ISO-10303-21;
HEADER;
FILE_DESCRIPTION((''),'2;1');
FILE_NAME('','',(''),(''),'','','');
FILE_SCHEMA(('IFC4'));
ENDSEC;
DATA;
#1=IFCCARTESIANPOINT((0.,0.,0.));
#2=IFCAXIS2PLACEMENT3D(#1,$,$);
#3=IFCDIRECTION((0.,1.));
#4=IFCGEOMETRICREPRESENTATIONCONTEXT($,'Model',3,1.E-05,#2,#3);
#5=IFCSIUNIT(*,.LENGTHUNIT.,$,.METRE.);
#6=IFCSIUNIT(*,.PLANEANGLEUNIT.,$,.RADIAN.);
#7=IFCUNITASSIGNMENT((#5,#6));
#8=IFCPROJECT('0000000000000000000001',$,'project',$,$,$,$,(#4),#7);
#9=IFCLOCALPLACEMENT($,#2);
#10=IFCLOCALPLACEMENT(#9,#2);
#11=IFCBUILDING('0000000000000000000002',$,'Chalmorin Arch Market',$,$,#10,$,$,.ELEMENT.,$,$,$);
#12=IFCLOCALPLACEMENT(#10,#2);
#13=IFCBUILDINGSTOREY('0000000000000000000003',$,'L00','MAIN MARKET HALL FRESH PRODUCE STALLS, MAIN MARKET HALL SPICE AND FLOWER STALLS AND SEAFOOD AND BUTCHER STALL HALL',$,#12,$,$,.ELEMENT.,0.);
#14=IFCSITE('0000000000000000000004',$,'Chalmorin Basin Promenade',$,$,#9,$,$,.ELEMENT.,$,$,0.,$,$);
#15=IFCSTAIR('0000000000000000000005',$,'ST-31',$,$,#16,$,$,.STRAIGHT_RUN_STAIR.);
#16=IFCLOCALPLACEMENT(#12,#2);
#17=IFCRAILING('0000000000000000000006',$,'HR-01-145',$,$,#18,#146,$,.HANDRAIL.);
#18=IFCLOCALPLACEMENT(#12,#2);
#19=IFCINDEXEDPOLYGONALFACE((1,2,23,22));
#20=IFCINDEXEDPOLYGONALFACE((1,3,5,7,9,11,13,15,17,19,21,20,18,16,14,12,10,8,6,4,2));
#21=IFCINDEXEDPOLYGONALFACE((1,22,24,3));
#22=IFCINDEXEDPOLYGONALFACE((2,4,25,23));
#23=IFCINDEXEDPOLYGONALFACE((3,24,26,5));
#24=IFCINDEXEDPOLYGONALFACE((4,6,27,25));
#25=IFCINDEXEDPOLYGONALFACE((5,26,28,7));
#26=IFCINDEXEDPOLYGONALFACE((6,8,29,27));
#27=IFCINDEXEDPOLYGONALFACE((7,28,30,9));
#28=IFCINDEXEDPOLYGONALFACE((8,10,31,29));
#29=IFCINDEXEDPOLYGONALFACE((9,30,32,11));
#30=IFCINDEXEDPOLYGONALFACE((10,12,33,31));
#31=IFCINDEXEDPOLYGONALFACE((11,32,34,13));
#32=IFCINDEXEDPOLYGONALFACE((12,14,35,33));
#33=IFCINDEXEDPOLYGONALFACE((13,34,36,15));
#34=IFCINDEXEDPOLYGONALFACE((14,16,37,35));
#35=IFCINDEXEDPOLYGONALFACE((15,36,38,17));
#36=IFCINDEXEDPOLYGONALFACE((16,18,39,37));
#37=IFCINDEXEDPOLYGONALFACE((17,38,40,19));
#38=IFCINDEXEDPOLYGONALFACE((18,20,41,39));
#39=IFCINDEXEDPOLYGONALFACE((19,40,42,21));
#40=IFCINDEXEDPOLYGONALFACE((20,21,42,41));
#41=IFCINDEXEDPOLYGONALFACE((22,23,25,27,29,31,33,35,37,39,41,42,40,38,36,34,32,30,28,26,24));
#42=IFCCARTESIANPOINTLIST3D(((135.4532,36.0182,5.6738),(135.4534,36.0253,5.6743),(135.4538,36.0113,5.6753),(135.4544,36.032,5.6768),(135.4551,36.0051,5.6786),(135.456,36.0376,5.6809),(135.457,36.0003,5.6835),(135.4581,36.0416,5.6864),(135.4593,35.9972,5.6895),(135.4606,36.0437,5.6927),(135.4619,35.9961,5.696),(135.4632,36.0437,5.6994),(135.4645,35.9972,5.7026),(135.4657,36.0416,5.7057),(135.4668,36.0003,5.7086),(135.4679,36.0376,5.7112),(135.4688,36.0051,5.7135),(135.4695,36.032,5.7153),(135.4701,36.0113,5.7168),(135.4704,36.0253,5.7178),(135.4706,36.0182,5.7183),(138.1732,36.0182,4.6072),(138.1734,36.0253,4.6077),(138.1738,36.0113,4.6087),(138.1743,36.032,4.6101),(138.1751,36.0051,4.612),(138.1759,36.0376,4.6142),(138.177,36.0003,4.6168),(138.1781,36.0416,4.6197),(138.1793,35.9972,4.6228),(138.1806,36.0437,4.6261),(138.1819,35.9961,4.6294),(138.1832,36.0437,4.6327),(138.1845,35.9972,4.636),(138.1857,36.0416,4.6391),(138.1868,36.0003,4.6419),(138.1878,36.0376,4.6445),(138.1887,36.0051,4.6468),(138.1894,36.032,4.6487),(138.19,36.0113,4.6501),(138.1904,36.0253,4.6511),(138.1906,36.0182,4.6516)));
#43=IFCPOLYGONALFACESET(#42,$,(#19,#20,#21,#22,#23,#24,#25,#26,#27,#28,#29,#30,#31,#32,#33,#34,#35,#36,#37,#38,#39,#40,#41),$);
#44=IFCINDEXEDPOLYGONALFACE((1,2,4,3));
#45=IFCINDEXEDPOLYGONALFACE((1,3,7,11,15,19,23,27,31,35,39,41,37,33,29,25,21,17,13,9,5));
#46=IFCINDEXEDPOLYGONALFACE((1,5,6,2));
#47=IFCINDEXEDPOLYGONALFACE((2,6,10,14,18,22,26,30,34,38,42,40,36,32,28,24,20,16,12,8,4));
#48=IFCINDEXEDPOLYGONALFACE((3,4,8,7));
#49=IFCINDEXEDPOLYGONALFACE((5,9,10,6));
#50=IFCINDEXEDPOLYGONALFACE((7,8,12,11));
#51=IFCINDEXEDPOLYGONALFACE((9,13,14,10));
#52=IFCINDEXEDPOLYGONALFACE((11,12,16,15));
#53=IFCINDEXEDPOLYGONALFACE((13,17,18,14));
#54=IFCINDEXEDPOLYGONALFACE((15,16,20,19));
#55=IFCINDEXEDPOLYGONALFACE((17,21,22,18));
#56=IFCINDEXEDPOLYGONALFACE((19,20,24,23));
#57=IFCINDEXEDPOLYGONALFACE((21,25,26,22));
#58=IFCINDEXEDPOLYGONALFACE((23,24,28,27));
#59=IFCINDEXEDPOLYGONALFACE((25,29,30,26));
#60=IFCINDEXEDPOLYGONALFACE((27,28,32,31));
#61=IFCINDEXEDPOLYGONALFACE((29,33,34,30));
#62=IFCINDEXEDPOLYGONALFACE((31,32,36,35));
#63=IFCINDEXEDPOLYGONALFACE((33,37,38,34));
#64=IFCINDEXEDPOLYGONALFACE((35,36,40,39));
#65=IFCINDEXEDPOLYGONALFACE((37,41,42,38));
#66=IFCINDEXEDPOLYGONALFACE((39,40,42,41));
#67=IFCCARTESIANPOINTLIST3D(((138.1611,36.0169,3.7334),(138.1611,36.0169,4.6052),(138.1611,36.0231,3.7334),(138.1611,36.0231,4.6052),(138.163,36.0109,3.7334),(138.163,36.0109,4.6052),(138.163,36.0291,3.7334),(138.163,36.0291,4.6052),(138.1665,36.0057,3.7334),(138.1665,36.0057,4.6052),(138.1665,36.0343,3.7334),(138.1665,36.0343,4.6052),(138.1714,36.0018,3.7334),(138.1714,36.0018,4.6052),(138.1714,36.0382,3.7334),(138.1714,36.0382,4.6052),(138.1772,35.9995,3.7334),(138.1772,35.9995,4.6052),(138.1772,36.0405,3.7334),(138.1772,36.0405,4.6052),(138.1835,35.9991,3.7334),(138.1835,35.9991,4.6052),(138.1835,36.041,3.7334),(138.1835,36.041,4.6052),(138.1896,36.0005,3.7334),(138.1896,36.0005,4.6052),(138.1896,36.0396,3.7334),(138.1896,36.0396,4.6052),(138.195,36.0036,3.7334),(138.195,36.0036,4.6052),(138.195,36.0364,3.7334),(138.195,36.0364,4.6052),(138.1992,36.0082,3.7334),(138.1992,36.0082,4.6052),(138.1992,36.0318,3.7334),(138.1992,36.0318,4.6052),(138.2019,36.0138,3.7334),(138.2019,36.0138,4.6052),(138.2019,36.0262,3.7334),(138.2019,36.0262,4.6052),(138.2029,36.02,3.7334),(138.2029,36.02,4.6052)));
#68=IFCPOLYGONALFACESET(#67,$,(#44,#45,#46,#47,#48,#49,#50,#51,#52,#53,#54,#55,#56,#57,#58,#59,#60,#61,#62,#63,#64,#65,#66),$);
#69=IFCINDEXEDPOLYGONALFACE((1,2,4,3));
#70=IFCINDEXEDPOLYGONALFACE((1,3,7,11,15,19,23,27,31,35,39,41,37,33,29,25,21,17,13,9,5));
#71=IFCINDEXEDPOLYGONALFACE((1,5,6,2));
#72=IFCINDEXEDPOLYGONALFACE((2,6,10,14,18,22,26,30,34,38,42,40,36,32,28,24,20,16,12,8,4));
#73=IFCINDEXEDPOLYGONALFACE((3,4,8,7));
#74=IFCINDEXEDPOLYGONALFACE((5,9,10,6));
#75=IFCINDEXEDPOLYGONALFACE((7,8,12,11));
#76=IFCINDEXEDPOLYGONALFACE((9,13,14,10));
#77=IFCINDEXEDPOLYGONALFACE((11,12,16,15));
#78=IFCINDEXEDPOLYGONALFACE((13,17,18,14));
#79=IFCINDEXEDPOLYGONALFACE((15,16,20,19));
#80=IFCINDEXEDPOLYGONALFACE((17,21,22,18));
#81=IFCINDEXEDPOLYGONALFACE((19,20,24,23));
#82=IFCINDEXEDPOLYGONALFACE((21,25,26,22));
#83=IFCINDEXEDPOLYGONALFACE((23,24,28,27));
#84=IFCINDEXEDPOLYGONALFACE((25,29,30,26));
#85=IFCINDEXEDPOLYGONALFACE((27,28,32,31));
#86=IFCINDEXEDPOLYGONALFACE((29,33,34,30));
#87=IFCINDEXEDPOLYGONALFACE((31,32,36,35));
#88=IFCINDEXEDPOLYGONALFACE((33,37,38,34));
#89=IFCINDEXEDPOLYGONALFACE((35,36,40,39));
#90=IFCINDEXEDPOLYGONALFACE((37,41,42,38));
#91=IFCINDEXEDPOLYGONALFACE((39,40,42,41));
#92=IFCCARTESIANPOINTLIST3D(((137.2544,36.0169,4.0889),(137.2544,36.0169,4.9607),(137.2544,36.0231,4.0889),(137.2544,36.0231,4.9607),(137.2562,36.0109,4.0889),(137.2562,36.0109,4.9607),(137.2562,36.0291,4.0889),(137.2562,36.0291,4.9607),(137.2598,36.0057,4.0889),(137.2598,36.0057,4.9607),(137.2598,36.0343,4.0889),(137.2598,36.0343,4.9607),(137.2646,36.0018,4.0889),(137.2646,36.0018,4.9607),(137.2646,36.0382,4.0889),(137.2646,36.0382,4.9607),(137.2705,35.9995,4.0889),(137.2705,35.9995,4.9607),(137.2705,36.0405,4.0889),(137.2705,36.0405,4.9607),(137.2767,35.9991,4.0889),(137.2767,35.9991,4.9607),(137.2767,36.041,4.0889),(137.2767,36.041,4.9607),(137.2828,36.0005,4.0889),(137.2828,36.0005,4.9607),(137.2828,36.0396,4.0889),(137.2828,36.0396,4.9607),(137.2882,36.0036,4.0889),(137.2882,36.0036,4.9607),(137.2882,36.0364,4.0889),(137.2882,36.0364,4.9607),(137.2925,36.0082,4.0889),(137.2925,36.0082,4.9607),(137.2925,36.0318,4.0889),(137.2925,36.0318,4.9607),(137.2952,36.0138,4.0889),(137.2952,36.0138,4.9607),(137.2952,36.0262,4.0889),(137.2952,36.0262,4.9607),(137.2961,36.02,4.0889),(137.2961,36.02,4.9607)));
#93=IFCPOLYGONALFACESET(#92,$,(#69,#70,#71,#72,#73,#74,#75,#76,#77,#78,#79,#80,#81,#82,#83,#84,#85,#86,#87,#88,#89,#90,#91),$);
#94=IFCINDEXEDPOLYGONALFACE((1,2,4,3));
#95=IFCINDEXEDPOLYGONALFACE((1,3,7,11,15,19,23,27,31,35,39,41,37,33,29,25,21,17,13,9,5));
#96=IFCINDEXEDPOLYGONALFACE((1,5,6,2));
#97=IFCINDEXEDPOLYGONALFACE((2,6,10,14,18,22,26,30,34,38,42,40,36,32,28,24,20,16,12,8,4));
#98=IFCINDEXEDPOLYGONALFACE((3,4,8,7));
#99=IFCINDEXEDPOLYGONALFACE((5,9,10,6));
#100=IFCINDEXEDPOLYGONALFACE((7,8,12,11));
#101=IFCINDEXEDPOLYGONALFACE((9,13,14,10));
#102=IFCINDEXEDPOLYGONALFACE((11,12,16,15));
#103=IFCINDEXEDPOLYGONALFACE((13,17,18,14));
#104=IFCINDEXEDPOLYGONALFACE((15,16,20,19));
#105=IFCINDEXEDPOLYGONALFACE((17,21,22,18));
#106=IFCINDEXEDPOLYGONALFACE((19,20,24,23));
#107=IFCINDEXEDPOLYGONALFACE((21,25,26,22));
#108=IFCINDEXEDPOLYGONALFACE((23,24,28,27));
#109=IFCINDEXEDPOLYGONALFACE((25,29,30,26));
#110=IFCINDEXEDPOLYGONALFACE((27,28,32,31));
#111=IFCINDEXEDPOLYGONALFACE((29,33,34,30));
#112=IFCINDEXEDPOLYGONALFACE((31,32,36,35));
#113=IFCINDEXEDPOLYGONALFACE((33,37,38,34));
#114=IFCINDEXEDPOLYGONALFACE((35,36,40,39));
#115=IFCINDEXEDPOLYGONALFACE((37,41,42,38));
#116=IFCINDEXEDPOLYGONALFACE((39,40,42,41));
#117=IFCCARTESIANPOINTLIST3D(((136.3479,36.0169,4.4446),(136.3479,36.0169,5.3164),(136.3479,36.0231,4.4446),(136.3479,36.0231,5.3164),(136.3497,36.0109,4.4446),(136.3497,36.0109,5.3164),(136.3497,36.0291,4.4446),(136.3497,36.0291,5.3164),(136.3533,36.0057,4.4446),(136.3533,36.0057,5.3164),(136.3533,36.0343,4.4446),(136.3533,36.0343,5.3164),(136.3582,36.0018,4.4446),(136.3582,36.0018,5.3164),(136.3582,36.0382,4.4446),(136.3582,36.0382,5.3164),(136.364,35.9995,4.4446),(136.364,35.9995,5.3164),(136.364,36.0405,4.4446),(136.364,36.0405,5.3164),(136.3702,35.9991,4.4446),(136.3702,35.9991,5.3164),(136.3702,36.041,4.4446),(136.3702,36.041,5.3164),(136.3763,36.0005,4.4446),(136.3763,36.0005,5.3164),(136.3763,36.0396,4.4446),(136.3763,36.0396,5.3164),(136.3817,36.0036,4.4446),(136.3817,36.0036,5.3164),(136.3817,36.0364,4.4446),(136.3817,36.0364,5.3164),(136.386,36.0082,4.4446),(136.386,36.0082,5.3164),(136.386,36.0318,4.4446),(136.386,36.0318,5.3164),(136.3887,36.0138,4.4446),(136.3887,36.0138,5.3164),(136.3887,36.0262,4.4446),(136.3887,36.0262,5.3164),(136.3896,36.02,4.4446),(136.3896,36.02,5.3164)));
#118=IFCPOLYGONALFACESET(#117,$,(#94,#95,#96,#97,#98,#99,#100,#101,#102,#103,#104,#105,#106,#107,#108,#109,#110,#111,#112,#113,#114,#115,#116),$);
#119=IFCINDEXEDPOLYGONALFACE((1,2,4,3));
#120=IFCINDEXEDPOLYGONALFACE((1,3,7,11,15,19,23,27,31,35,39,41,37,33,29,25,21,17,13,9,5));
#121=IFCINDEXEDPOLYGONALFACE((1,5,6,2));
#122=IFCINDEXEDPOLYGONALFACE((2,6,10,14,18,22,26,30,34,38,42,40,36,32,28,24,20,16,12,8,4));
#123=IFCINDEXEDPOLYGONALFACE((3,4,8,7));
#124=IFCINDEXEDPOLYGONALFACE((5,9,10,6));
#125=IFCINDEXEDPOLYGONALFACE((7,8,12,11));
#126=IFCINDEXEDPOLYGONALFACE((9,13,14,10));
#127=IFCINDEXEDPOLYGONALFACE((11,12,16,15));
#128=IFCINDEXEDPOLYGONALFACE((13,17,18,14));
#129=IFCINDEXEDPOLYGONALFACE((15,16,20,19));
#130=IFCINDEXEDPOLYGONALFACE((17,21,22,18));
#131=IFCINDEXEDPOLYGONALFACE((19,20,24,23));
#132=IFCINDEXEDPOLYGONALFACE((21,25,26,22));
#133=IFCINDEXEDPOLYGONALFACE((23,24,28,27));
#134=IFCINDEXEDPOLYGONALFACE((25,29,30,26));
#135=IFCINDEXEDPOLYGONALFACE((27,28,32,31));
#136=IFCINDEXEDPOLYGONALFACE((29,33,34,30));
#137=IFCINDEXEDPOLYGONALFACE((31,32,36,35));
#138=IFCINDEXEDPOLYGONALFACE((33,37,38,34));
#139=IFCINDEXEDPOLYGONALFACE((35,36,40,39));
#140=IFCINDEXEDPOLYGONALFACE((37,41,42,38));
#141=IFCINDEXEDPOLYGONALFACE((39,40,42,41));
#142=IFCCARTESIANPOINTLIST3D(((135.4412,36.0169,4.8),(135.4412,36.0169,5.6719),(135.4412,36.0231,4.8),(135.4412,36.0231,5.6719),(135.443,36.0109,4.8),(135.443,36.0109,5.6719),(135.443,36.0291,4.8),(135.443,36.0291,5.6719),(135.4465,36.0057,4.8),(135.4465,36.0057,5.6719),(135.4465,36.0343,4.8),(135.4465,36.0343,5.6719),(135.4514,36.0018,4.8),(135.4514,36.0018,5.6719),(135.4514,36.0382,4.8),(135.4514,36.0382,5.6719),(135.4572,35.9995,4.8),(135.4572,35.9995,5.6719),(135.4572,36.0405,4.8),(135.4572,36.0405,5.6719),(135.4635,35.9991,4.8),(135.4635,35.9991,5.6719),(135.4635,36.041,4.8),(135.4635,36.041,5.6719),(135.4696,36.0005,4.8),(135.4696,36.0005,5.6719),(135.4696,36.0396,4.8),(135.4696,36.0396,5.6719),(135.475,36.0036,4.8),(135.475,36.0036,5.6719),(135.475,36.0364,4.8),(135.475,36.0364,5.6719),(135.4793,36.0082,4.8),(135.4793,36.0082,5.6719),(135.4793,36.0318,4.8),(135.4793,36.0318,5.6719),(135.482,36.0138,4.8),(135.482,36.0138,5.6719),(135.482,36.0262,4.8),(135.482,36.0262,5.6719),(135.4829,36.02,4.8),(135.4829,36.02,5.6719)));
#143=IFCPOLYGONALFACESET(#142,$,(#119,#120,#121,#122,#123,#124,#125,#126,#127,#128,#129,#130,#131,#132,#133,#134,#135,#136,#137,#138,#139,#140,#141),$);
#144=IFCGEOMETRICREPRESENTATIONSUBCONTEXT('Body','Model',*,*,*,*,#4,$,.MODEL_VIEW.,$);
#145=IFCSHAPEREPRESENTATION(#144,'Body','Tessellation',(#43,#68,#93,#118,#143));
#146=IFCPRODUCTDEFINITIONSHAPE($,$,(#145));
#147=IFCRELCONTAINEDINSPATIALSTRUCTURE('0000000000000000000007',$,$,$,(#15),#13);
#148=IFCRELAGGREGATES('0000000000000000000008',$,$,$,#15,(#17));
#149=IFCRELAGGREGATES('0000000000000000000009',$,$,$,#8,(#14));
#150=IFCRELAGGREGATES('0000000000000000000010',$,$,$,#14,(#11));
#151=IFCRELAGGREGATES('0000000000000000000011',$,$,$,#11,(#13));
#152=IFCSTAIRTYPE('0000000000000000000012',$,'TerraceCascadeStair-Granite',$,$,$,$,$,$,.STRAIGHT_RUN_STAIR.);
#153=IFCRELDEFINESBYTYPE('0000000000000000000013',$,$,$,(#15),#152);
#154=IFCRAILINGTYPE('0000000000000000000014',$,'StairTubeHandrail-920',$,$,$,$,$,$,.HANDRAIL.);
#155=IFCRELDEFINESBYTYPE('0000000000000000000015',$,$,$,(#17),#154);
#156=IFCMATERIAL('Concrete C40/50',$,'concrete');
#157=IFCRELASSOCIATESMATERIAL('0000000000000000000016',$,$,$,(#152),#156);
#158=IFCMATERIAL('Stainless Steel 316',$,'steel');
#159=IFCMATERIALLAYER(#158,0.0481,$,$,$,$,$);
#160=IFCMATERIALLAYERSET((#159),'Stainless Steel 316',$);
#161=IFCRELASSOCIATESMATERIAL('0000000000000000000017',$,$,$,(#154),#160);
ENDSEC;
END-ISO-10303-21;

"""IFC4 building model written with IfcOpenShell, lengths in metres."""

from ifc_helpers import new_model, si_unit, direction, frame, origin, origin_2d, place, context, subcontext, project, spatial, circle, extrude, material, layer, layer_set, type_object, element, aggregate, save


model = new_model("IFC4")

# Units and contexts
model_context = context("Model", 3, precision=1e-05, world=origin(), true_north=direction((0.0, 1.0)))
body_context = subcontext(model_context, "Body", "Model", "MODEL_VIEW")
ifc_project = project(units=[si_unit("LENGTHUNIT", "METRE"), si_unit("PLANEANGLEUNIT", "RADIAN")], contexts=[model_context])

# Site, building, storey
site_placement = place(None, origin())
site = spatial("IfcSite", under=ifc_project, at=site_placement, Name="Chalmorin Basin Promenade", CompositionType="ELEMENT", RefElevation=0.0)
building_placement = place(site_placement, origin())
building = spatial("IfcBuilding", under=site, at=building_placement, Name="Chalmorin Arch Market", CompositionType="ELEMENT")
storey_placement = place(building_placement, origin())
storey = spatial("IfcBuildingStorey", under=building, at=storey_placement, Name="L00", Description="MAIN MARKET HALL FRESH PRODUCE STALLS, MAIN MARKET HALL SPICE AND FLOWER STALLS AND SEAFOOD AND BUTCHER STALL HALL", CompositionType="ELEMENT", Elevation=0.0)

# Shared definitions
ifc_material_1 = material(Name="Concrete C40/50", Category="concrete")

# Stair
stair_type = type_object("IfcStairType", Name="TerraceCascadeStair-Granite", PredefinedType="STRAIGHT_RUN_STAIR", material=ifc_material_1)
stair_placement = place(storey_placement, origin())
stair = element("IfcStair", 1, at=stair_placement, inside=storey, type_object=stair_type, Name="ST-31", PredefinedType="STRAIGHT_RUN_STAIR")

# Railing
ifc_material_2 = material(Name="Stainless Steel 316", Category="steel")
ifc_layer_1 = layer(ifc_material_2, 0.0481)
ifc_layer_set_1 = layer_set([ifc_layer_1], Name="Stainless Steel 316")
railing_type = type_object("IfcRailingType", Name="StairTubeHandrail-920", PredefinedType="HANDRAIL", material=ifc_layer_set_1)
railing_1_placement = place(storey_placement, frame((138.1819, 36.02, 3.7334)))
railing_1 = element("IfcRailing", 2, at=railing_1_placement, type_object=railing_type, Name="HR-01-145", PredefinedType="HANDRAIL", context=body_context, shape_type="SweptSolid", body=[
    extrude(circle(Radius=0.0239, at=origin_2d()), frame((0.0, 0.0, 0.896), z_axis=(-0.930974, 0.0, 0.365086), x_axis=(0.0, -1.0, 0.0)), (0.0, 0.0, 1.0), 2.9216),
    extrude(circle(Radius=0.021, at=origin_2d()), origin(), (0.0, 0.0, 1.0), 0.8718),
    extrude(circle(Radius=0.021, at=origin_2d()), frame((-0.9067, 0.0, 0.3555)), (0.0, 0.0, 1.0), 0.8718),
    extrude(circle(Radius=0.021, at=origin_2d()), frame((-1.8132, 0.0, 0.7112)), (0.0, 0.0, 1.0), 0.8718),
    extrude(circle(Radius=0.021, at=origin_2d()), frame((-2.72, 0.0, 1.0667)), (0.0, 0.0, 1.0), 0.8718),
])
aggregate(stair, [railing_1])

save(model, "model.ifc")
